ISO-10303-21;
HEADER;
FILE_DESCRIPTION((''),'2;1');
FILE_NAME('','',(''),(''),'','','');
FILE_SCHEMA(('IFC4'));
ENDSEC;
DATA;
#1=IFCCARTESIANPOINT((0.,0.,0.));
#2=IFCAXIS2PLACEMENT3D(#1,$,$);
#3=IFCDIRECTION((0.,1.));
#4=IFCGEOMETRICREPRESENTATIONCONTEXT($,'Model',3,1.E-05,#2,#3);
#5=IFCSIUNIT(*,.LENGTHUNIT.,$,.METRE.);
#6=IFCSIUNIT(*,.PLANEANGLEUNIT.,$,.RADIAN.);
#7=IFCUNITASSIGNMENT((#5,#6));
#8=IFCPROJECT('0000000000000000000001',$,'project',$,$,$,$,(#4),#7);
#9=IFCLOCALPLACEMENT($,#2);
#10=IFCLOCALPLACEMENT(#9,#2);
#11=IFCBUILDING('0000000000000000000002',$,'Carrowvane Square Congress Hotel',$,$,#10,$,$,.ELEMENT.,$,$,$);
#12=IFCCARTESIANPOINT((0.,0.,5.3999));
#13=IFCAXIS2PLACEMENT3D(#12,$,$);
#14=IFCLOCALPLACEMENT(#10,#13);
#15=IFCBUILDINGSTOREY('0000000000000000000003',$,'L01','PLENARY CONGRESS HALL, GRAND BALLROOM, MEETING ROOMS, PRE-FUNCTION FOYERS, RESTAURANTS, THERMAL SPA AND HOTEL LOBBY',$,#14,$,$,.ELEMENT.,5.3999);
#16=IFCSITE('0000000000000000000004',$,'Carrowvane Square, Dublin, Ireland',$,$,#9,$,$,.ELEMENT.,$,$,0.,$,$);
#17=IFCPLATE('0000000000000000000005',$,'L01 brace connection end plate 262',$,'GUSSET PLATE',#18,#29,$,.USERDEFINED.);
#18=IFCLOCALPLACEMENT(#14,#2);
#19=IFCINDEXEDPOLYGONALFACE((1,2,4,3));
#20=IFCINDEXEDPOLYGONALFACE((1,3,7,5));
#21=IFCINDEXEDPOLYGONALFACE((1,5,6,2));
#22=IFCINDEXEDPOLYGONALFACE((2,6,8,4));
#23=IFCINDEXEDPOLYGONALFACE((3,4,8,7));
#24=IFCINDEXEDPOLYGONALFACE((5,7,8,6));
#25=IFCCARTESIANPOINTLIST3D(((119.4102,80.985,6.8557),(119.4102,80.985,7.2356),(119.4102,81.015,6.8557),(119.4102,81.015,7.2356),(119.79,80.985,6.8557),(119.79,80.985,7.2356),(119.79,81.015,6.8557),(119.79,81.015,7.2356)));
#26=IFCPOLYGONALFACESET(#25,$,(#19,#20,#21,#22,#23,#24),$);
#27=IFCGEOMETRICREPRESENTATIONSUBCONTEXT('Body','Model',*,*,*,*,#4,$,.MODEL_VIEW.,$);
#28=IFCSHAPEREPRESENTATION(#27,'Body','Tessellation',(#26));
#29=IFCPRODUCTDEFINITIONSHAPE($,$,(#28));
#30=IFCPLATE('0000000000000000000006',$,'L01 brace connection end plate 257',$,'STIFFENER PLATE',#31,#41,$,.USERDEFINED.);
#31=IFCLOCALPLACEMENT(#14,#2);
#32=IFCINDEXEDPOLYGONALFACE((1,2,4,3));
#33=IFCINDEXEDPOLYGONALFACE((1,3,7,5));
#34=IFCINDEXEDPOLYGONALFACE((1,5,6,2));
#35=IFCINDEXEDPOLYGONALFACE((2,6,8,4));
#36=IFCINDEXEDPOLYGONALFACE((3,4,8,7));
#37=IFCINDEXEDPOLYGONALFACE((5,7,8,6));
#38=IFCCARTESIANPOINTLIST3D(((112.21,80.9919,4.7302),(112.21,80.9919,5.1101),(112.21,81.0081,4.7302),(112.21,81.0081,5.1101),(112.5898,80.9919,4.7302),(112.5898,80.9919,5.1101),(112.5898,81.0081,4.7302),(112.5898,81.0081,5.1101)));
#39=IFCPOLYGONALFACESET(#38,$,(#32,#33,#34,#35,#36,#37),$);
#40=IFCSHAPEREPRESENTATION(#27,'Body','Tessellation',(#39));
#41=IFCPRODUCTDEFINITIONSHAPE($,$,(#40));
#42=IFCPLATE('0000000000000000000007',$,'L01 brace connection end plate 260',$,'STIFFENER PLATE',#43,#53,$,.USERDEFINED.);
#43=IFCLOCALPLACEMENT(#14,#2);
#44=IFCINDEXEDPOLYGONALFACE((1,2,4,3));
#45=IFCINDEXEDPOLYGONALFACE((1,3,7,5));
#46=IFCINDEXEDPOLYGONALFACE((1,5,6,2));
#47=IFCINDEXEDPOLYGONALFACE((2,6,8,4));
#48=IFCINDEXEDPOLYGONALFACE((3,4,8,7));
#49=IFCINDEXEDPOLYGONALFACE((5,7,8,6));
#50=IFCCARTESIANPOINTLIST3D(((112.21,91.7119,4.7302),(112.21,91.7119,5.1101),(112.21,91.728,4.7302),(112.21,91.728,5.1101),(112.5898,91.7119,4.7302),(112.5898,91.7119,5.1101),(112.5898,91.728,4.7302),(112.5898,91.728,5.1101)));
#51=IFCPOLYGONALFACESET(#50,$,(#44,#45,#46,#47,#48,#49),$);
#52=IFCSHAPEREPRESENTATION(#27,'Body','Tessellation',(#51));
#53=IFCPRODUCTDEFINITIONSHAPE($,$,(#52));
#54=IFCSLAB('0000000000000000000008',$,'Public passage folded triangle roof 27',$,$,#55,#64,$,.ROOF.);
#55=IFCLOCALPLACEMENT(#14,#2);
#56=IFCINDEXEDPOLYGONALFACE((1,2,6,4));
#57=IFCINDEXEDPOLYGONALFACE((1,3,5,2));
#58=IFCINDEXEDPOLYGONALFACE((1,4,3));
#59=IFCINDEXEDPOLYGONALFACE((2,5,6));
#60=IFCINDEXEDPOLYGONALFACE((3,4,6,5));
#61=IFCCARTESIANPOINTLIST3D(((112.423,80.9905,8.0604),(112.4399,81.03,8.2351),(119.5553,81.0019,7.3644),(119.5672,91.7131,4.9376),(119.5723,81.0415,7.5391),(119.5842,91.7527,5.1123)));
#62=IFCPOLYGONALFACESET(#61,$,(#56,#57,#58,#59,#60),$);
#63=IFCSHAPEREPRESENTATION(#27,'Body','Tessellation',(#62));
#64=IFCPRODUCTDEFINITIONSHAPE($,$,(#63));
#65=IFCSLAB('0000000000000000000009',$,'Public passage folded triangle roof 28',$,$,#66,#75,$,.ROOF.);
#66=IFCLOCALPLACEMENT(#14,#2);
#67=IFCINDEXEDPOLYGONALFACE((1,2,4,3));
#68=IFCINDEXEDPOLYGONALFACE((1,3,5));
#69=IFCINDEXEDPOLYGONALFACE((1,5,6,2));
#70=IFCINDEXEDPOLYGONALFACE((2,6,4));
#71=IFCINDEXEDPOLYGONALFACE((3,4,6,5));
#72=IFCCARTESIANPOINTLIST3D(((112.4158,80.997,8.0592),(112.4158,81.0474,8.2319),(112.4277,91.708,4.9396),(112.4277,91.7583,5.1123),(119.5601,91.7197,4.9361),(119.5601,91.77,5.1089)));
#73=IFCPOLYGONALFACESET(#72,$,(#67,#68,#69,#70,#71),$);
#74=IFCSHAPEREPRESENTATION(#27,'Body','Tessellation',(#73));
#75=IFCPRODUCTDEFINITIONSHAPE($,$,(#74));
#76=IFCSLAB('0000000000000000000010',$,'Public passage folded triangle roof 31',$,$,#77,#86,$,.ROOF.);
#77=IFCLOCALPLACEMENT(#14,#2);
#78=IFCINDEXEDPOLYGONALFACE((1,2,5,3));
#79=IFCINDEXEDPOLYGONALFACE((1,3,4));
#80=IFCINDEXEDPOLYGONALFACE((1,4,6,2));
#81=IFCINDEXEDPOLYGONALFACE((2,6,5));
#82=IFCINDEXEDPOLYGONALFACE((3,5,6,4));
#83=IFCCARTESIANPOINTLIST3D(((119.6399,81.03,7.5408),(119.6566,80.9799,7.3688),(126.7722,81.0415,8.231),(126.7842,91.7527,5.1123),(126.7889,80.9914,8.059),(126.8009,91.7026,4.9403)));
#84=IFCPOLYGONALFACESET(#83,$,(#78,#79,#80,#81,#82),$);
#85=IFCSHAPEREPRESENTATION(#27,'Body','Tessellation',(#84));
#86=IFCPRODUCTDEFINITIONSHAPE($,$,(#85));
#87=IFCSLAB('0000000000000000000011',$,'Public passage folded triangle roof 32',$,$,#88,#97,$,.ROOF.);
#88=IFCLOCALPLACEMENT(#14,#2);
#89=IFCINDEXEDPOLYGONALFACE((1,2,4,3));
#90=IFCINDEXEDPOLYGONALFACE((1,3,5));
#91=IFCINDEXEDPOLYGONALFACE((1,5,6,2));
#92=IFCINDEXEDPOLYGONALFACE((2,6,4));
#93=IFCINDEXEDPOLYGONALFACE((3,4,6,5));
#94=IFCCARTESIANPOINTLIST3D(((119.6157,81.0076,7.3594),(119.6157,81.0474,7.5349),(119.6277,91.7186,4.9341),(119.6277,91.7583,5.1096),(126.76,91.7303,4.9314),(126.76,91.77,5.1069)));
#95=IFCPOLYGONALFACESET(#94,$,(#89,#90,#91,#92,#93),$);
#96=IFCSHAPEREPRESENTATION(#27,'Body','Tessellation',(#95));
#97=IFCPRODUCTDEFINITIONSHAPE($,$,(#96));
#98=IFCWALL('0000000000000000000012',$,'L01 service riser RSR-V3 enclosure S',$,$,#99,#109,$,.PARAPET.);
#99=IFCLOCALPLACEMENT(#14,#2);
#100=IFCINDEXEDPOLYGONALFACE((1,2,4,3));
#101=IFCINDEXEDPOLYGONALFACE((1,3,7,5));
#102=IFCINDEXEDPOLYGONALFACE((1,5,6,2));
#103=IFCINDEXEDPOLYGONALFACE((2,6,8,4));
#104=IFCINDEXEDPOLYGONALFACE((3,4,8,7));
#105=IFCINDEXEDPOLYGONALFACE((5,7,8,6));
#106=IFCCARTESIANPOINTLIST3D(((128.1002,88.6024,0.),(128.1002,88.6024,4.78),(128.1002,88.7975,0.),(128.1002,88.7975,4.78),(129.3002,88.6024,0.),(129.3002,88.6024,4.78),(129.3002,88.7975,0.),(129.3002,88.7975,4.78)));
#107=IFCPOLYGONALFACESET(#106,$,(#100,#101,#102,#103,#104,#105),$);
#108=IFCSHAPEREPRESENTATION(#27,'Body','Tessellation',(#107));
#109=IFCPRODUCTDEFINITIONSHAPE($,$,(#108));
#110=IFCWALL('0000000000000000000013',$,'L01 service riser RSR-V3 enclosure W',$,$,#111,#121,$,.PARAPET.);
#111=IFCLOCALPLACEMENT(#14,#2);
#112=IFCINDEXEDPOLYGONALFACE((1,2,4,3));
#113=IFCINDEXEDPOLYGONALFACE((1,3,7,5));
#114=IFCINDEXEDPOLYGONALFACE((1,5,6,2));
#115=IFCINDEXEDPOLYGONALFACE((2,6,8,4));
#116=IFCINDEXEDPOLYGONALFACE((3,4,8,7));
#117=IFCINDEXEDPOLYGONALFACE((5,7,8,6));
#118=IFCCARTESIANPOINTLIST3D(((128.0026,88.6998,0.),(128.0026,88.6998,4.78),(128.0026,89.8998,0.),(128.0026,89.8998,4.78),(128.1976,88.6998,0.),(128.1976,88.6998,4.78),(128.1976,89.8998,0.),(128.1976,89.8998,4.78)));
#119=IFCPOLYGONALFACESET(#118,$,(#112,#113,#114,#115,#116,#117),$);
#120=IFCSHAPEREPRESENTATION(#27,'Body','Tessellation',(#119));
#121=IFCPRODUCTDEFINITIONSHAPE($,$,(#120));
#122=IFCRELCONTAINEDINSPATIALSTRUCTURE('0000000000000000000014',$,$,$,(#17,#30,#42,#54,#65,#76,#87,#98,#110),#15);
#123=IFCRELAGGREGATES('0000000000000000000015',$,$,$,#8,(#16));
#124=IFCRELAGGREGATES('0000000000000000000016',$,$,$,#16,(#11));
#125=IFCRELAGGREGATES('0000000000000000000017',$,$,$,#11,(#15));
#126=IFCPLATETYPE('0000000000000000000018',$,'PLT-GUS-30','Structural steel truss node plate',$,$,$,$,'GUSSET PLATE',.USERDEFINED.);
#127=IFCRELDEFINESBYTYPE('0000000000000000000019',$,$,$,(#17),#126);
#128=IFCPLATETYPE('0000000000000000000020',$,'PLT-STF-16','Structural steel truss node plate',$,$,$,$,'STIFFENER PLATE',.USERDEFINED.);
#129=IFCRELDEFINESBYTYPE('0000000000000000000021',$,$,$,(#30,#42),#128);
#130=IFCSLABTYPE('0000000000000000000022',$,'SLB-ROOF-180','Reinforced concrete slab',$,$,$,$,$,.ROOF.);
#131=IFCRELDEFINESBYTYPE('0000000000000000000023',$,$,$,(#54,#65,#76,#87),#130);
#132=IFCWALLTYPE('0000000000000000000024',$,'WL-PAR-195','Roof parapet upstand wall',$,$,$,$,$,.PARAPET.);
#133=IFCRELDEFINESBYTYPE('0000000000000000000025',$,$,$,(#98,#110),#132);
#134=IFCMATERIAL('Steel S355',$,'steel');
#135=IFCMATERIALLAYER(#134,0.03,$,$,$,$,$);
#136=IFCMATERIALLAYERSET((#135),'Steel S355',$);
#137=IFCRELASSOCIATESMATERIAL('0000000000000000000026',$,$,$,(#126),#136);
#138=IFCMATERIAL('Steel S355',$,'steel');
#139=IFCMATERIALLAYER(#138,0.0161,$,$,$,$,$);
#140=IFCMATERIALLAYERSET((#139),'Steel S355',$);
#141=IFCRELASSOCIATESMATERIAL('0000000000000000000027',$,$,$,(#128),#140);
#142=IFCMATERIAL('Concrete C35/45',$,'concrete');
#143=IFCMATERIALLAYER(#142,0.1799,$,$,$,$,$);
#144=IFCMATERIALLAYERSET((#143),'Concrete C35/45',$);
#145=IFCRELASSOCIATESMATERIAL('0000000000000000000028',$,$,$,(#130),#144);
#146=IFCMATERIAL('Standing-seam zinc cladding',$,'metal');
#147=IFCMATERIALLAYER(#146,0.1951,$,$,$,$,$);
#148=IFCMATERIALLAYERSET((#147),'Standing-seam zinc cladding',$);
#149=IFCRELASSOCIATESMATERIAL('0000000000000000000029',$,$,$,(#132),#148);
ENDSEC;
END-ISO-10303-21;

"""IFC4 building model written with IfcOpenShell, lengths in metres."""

from ifc_helpers import new_model, si_unit, direction, frame, frame_2d, origin, origin_2d, place, context, subcontext, project, spatial, polyline, rectangle, outline, extrude, material, layer, layer_set, type_object, element, save


model = new_model("IFC4")

# Units and contexts
model_context = context("Model", 3, precision=1e-05, world=origin(), true_north=direction((0.0, 1.0)))
body_context = subcontext(model_context, "Body", "Model", "MODEL_VIEW")
ifc_project = project(units=[si_unit("LENGTHUNIT", "METRE"), si_unit("PLANEANGLEUNIT", "RADIAN")], contexts=[model_context])

# Site, building, storey
site_placement = place(None, origin())
site = spatial("IfcSite", under=ifc_project, at=site_placement, Name="Carrowvane Square, Dublin, Ireland", CompositionType="ELEMENT", RefElevation=0.0)
building_placement = place(site_placement, origin())
building = spatial("IfcBuilding", under=site, at=building_placement, Name="Carrowvane Square Congress Hotel", CompositionType="ELEMENT")
storey_placement = place(building_placement, frame((0.0, 0.0, 5.3999)))
storey = spatial("IfcBuildingStorey", under=building, at=storey_placement, Name="L01", Description="PLENARY CONGRESS HALL, GRAND BALLROOM, MEETING ROOMS, PRE-FUNCTION FOYERS, RESTAURANTS, THERMAL SPA AND HOTEL LOBBY", CompositionType="ELEMENT", Elevation=5.3999)

# Plates
ifc_material_1 = material(Name="Steel S355", Category="steel")
ifc_layer_1 = layer(ifc_material_1, 0.03)
ifc_layer_set_1 = layer_set([ifc_layer_1], Name="Steel S355")
plate_type_1 = type_object("IfcPlateType", Name="PLT-GUS-30", Description="Structural steel truss node plate", ElementType="GUSSET PLATE", PredefinedType="USERDEFINED", material=ifc_layer_set_1)
plate_placement = place(storey_placement, frame((119.6001, 81.0, 6.8557), z_axis=(0.0, 0.0, 1.0), x_axis=(1.0, 0.0, 0.0)))
element("IfcPlate", 1, at=plate_placement, inside=storey, type_object=plate_type_1, Name="L01 brace connection end plate 262", ObjectType="GUSSET PLATE", PredefinedType="USERDEFINED", context=body_context, shape_type="SweptSolid", body=[
    extrude(rectangle(XDim=0.3799, YDim=0.03, at=origin_2d()), origin(), (0.0, 0.0, 1.0), 0.3799),
])
ifc_material_2 = material(Name="Steel S355", Category="steel")
ifc_layer_2 = layer(ifc_material_2, 0.0161)
ifc_layer_set_2 = layer_set([ifc_layer_2], Name="Steel S355")
plate_type_2 = type_object("IfcPlateType", Name="PLT-STF-16", Description="Structural steel truss node plate", ElementType="STIFFENER PLATE", PredefinedType="USERDEFINED", material=ifc_layer_set_2)
for number, where, z_axis, x_axis, name in (
    (2, (112.3999, 81.0, 4.7302), (0.0, 0.0, 1.0), (1.0, 0.0, 0.0), "L01 brace connection end plate 257"),
    (3, (112.3999, 91.72, 4.7302), (0.0, 0.0, 1.0), (1.0, 0.0, 0.0), "L01 brace connection end plate 260"),
):
    element("IfcPlate", number, at=place(storey_placement, frame(where, z_axis=z_axis, x_axis=x_axis)), inside=storey, type_object=plate_type_2, Name=name, ObjectType="STIFFENER PLATE", PredefinedType="USERDEFINED", context=body_context, shape_type="SweptSolid", body=[
        extrude(rectangle(XDim=0.3799, YDim=0.0161, at=origin_2d()), origin(), (0.0, 0.0, 1.0), 0.3799),
    ])

# Slabs
ifc_material_3 = material(Name="Concrete C35/45", Category="concrete")
ifc_layer_3 = layer(ifc_material_3, 0.1799)
ifc_layer_set_3 = layer_set([ifc_layer_3], Name="Concrete C35/45")
slab_type = type_object("IfcSlabType", Name="SLB-ROOF-180", Description="Reinforced concrete slab", PredefinedType="ROOF", material=ifc_layer_set_3)
slab_1_placement = place(storey_placement, frame((112.4399, 81.03, 8.2351), z_axis=(0.094401, 0.219876, 0.97095), x_axis=(0.995271, 0.001601, -0.097129)))
element("IfcSlab", 4, at=slab_1_placement, inside=storey, type_object=slab_type, Name="Public passage folded triangle roof 27", PredefinedType="ROOF", context=body_context, shape_type="SweptSolid", body=[
    extrude(outline(polyline([(0.0, 0.0), (7.1662, 0.0), (7.431, 10.9795), (0.0, 0.0)])), origin(), (0.0, 0.0, -1.0), 0.1799),
])
slab_2_placement = place(storey_placement, frame((112.4158, 81.0474, 8.2319), z_axis=(0.000001, 0.279637, 0.960106), x_axis=(0.538874, 0.80878, -0.235563)))
element("IfcSlab", 5, at=slab_2_placement, inside=storey, type_object=slab_type, Name="Public passage folded triangle roof 28", PredefinedType="ROOF", context=body_context, shape_type="SweptSolid", body=[
    extrude(outline(polyline([(0.0, 0.0), (13.2578, 0.0), (9.4041, 6.0016), (0.0, 0.0)])), origin(), (0.0, 0.0, -1.0), 0.1799),
])
slab_3_placement = place(storey_placement, frame((119.6399, 81.03, 7.5408), z_axis=(-0.092954, 0.278436, 0.955946), x_axis=(0.995349, 0.001601, 0.096319)))
element("IfcSlab", 6, at=slab_3_placement, inside=storey, type_object=slab_type, Name="Public passage folded triangle roof 31", PredefinedType="ROOF", context=body_context, shape_type="SweptSolid", body=[
    extrude(outline(polyline([(0.0, 0.0), (7.1656, 0.0), (6.8943, 11.1527), (0.0, 0.0)])), origin(), (0.0, 0.0, -1.0), 0.1799),
])
slab_4_placement = place(storey_placement, frame((119.6157, 81.0474, 7.5349), z_axis=(0.000004, 0.220841, 0.97531), x_axis=(0.544887, 0.817806, -0.185179)))
element("IfcSlab", 7, at=slab_4_placement, inside=storey, type_object=slab_type, Name="Public passage folded triangle roof 32", PredefinedType="ROOF", context=body_context, shape_type="SweptSolid", body=[
    extrude(outline(polyline([(0.0, 0.0), (13.1115, 0.0), (9.2151, 5.974), (0.0, 0.0)])), origin(), (0.0, 0.0, -1.0), 0.1799),
])

# Walls
ifc_material_4 = material(Name="Standing-seam zinc cladding", Category="metal")
ifc_layer_4 = layer(ifc_material_4, 0.1951)
ifc_layer_set_4 = layer_set([ifc_layer_4], Name="Standing-seam zinc cladding")
wall_type = type_object("IfcWallType", Name="WL-PAR-195", Description="Roof parapet upstand wall", PredefinedType="PARAPET", material=ifc_layer_set_4)
for number, where, z_axis, x_axis, name in (
    (8, (128.1001, 88.7, 0.0), (0.0, 0.0, 1.0), (1.0, 0.0, 0.0), "L01 service riser RSR-V3 enclosure S"),
    (9, (128.1001, 89.8999, 0.0), (0.0, 0.0, 1.0), (0.0, -1.0, 0.0), "L01 service riser RSR-V3 enclosure W"),
):
    element("IfcWall", number, at=place(storey_placement, frame(where, z_axis=z_axis, x_axis=x_axis)), inside=storey, type_object=wall_type, Name=name, PredefinedType="PARAPET", context=body_context, shape_type="SweptSolid", body=[
        extrude(rectangle(XDim=1.2, YDim=0.1951, at=frame_2d((0.6001, 0.0))), origin(), (0.0, 0.0, 1.0), 4.78),
    ])

save(model, "model.ifc")
